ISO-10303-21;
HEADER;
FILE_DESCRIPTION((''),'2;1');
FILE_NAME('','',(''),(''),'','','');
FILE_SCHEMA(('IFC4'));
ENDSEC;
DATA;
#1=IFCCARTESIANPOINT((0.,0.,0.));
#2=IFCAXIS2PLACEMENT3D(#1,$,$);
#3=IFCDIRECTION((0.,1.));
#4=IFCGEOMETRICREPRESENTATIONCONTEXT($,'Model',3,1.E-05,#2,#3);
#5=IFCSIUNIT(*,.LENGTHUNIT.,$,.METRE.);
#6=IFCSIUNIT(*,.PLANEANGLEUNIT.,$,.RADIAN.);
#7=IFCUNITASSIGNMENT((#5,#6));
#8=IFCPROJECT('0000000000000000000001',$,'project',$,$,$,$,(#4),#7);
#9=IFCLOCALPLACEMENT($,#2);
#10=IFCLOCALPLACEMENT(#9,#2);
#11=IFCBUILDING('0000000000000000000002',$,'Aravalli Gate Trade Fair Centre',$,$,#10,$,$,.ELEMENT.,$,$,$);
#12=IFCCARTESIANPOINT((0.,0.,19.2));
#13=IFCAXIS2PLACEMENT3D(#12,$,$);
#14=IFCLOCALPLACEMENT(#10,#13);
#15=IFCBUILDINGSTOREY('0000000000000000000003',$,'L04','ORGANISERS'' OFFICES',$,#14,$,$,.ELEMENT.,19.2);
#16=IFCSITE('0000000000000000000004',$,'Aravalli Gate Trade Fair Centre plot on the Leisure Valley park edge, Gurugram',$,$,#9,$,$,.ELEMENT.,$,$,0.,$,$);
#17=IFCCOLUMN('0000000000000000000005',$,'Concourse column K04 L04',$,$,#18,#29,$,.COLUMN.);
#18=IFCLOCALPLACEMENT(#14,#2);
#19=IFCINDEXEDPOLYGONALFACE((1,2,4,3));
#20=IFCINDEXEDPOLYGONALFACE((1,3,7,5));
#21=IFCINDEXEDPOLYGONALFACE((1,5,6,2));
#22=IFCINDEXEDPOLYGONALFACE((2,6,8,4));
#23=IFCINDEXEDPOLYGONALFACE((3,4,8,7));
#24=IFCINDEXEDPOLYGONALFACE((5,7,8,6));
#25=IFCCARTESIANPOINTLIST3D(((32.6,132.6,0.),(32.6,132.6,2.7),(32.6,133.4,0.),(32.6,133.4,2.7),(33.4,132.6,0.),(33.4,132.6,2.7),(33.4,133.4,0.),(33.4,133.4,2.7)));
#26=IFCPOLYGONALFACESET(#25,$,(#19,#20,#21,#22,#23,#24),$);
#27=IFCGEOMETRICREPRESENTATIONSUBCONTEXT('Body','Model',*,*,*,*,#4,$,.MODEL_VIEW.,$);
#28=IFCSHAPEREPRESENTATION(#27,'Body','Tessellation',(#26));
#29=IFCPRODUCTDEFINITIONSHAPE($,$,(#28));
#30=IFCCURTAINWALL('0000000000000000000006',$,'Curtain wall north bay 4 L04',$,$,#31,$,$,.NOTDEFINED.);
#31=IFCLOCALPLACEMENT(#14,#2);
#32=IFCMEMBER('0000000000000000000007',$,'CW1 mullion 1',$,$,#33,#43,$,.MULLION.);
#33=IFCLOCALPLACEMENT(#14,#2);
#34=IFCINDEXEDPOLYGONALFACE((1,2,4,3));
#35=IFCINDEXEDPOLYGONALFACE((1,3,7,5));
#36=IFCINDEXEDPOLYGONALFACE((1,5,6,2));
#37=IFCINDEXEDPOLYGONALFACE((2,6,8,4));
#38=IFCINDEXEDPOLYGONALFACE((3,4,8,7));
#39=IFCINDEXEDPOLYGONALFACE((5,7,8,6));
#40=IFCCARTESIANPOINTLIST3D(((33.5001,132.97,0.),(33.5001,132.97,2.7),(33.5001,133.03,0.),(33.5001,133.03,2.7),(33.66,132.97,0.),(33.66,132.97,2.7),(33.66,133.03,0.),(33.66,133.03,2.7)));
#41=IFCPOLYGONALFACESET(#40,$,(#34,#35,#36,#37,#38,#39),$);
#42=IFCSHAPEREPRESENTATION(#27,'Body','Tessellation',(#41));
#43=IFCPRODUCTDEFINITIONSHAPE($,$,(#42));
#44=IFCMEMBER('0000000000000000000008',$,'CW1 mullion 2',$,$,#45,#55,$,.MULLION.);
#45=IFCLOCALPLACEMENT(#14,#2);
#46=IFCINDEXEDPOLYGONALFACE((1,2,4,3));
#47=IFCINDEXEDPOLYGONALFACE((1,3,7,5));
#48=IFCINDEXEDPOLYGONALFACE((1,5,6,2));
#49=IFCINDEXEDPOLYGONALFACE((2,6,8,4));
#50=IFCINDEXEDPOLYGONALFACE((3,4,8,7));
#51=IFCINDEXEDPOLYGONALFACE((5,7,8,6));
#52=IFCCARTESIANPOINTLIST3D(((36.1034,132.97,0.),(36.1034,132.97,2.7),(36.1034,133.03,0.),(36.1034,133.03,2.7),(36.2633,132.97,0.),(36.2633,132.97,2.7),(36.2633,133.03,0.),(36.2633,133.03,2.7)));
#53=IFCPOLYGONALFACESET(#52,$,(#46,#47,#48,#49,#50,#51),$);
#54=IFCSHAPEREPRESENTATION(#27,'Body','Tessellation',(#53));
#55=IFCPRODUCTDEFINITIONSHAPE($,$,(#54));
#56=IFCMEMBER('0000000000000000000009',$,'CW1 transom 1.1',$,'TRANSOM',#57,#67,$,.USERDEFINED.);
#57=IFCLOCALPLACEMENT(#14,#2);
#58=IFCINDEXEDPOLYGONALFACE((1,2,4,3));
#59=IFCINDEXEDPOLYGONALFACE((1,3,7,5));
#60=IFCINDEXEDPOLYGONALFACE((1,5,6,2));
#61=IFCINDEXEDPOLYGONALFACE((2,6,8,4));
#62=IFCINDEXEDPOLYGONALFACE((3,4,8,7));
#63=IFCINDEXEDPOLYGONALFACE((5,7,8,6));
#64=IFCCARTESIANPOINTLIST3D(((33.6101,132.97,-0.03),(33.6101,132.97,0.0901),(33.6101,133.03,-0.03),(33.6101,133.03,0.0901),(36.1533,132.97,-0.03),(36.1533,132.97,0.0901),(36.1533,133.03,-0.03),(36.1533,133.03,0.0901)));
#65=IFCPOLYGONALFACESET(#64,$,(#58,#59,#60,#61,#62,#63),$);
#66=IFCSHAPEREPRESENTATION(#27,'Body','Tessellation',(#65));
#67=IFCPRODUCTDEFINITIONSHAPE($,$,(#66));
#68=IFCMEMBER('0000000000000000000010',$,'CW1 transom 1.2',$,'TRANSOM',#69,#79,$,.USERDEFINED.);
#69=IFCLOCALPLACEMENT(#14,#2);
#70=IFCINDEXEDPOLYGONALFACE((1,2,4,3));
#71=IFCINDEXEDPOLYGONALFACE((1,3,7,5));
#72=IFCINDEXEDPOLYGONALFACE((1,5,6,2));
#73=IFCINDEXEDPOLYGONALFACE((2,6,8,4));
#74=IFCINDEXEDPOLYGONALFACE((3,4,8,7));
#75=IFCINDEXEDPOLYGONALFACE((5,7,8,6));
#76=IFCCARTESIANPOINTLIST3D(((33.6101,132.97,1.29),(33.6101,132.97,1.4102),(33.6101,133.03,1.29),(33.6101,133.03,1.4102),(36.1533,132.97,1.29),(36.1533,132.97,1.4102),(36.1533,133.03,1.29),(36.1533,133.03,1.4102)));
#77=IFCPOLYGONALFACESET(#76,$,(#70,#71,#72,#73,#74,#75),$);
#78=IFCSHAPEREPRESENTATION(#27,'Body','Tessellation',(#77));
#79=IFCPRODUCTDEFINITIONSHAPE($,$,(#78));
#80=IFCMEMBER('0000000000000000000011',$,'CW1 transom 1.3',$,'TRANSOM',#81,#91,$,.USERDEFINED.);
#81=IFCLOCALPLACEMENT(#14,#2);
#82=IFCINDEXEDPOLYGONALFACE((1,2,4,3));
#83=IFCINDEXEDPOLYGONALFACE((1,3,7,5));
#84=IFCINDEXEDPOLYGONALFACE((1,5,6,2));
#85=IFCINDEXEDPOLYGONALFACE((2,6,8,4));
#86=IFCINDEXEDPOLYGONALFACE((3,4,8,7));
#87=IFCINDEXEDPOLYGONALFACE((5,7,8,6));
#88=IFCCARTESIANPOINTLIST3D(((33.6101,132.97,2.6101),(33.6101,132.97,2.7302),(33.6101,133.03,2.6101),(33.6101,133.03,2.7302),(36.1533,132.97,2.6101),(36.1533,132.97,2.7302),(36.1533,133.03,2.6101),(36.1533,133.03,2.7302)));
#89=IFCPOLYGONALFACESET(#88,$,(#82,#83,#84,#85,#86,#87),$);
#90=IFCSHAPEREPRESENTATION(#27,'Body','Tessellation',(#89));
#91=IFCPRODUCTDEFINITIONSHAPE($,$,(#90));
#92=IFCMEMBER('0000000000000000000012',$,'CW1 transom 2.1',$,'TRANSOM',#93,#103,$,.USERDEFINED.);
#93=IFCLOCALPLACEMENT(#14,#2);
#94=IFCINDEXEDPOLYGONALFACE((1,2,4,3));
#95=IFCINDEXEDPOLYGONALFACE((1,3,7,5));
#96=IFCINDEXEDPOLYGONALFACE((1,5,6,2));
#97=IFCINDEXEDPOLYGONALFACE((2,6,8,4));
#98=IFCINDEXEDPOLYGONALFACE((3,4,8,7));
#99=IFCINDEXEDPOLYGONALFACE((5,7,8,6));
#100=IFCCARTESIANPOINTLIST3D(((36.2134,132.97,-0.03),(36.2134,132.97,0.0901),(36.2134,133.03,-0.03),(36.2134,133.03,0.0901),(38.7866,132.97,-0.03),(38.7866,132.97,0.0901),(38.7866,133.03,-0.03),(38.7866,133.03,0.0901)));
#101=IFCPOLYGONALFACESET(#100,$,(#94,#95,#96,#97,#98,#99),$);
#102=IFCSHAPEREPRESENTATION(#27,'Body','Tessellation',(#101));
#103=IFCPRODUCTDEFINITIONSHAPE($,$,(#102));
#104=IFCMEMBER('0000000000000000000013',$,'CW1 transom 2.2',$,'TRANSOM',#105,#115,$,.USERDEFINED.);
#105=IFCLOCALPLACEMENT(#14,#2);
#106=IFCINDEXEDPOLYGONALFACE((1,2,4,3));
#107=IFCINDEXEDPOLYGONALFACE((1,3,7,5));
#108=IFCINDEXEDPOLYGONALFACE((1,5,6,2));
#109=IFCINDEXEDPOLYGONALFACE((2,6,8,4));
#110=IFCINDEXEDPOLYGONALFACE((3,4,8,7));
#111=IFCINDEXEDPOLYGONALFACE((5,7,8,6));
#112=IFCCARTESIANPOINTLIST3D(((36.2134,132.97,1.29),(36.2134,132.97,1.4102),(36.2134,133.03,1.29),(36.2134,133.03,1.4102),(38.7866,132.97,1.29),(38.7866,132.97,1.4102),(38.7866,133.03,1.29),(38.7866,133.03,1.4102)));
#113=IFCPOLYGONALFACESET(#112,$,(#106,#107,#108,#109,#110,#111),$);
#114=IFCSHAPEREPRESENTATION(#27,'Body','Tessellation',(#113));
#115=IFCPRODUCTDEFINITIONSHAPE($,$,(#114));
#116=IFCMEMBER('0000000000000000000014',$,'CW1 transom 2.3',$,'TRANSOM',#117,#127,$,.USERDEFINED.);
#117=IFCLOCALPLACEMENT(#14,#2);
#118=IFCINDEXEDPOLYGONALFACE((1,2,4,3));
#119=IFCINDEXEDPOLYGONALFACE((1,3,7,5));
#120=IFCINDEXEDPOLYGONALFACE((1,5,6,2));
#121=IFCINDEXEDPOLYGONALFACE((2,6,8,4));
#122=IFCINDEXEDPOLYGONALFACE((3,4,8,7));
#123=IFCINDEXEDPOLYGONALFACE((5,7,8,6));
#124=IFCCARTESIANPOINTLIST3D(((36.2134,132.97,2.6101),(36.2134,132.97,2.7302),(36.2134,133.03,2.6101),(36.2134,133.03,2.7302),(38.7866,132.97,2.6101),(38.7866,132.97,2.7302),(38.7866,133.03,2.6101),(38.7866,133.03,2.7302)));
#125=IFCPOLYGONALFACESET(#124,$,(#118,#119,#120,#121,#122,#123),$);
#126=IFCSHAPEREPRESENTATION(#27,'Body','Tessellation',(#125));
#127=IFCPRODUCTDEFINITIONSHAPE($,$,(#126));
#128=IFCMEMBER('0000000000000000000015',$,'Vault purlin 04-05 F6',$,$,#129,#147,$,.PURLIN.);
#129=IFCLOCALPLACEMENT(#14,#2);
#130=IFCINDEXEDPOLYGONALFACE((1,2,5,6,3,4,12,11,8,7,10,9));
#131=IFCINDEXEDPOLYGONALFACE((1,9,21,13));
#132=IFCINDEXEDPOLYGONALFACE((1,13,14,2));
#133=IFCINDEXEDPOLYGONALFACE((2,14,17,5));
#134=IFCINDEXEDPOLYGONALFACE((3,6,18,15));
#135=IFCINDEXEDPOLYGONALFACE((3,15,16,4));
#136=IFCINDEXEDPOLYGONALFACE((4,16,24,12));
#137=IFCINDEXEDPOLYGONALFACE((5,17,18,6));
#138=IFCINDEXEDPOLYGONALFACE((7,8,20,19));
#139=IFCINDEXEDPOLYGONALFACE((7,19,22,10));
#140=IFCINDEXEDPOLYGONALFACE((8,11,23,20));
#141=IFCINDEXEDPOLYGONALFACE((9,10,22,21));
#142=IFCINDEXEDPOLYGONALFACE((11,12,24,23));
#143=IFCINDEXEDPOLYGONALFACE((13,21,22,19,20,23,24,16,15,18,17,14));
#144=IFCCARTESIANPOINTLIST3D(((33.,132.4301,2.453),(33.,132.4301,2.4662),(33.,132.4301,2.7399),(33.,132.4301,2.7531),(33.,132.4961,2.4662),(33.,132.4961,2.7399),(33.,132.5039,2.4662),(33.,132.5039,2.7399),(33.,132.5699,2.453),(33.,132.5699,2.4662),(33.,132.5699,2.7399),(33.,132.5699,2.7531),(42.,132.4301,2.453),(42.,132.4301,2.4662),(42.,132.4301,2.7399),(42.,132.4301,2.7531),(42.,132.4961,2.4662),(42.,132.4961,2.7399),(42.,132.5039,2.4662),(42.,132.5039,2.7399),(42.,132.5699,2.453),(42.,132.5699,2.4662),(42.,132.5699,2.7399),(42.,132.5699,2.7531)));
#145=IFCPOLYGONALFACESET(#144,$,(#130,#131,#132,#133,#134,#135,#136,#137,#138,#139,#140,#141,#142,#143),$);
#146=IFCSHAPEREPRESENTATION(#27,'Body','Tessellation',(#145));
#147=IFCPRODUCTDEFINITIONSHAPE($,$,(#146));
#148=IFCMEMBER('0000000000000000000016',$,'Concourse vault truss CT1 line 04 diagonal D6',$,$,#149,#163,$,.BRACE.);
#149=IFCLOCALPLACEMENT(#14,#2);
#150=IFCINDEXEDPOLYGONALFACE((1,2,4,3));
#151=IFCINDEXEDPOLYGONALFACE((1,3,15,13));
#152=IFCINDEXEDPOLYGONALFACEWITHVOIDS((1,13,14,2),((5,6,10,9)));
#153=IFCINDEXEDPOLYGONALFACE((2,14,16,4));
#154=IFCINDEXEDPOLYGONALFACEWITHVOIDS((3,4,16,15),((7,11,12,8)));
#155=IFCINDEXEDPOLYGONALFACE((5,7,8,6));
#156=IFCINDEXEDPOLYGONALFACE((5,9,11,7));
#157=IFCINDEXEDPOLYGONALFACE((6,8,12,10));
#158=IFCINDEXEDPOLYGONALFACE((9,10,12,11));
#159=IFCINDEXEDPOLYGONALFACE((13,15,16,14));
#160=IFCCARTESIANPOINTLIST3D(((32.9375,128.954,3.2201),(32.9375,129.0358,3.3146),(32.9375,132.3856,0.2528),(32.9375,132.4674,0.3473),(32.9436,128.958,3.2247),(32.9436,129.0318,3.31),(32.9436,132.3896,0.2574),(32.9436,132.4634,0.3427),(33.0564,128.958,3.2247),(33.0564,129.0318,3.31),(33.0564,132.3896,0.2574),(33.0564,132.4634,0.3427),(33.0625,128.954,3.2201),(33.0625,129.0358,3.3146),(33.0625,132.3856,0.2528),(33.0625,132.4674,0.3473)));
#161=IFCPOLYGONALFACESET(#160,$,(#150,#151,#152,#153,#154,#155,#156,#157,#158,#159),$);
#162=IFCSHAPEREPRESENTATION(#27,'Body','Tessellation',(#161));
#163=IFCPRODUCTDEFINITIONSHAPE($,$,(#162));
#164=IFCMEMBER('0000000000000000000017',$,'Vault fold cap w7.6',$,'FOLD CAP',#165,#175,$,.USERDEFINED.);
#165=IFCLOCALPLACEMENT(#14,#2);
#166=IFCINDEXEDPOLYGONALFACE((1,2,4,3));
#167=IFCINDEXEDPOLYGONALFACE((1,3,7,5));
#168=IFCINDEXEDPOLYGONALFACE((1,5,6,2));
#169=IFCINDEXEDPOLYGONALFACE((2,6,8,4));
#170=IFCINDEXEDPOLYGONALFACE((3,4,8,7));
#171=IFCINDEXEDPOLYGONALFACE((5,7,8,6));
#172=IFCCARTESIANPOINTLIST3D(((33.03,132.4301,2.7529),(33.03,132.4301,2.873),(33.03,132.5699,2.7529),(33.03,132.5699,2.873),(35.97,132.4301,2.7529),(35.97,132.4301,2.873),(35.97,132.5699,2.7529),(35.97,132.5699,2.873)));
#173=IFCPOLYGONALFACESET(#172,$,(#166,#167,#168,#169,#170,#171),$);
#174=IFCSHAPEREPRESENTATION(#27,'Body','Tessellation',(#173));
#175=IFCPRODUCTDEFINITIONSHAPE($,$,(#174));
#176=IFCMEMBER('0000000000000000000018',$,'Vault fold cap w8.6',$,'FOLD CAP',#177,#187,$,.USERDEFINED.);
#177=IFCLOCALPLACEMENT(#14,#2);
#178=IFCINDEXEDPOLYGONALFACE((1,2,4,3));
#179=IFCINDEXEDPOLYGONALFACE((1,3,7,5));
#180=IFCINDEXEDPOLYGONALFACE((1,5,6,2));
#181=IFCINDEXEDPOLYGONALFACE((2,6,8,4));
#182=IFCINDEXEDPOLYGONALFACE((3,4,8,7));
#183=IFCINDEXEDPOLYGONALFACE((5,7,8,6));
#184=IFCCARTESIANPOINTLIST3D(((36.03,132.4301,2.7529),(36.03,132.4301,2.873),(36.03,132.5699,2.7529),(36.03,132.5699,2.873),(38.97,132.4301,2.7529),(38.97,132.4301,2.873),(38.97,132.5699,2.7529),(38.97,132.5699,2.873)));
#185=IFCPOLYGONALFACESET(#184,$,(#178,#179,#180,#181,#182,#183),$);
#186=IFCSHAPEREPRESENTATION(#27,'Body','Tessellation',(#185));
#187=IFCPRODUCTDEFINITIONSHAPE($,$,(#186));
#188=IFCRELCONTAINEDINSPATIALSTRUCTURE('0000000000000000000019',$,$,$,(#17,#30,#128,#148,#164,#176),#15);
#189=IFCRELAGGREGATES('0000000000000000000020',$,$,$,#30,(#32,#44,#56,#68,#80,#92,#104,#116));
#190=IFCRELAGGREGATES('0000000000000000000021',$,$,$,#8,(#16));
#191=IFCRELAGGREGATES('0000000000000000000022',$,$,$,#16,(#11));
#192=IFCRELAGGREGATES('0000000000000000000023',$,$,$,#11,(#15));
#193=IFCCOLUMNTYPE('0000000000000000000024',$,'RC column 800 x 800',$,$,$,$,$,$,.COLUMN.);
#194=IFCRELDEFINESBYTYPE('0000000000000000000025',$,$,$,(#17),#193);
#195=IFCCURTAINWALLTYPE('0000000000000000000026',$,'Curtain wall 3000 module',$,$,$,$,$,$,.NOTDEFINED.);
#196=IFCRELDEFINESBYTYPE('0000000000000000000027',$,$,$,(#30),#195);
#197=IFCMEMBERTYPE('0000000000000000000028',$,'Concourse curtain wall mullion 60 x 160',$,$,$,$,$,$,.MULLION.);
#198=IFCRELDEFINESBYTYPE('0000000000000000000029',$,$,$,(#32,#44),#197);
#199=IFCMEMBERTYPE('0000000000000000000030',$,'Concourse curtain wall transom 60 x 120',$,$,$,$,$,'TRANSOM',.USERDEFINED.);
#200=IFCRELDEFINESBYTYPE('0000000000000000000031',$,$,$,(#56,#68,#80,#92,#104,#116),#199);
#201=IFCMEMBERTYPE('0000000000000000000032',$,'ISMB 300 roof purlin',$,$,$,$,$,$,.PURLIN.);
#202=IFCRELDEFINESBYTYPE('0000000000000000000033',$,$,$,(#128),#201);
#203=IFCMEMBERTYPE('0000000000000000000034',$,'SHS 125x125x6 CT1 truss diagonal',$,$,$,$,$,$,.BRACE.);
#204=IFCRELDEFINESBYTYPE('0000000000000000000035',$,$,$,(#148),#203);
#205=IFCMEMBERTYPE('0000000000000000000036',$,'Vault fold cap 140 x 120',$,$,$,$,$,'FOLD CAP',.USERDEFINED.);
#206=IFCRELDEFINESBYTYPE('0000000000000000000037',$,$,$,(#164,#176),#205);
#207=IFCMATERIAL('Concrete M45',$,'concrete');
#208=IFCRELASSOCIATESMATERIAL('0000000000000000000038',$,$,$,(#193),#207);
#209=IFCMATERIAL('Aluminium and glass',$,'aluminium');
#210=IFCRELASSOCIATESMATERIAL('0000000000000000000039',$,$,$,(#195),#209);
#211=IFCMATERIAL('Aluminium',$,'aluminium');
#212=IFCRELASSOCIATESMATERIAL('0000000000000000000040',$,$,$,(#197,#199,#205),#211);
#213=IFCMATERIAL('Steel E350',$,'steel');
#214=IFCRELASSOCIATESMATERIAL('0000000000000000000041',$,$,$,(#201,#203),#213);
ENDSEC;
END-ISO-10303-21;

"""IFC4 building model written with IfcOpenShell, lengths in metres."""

from ifc_helpers import new_model, si_unit, direction, frame, origin, origin_2d, place, context, subcontext, project, spatial, rectangle, hollow_rectangle, i_section, extrude, material, material_profile, profile_set, type_object, element, aggregate, save


model = new_model("IFC4")

# Units and contexts
model_context = context("Model", 3, precision=1e-05, world=origin(), true_north=direction((0.0, 1.0)))
body_context = subcontext(model_context, "Body", "Model", "MODEL_VIEW")
ifc_project = project(units=[si_unit("LENGTHUNIT", "METRE"), si_unit("PLANEANGLEUNIT", "RADIAN")], contexts=[model_context])

# Site, building, storey
site_placement = place(None, origin())
site = spatial("IfcSite", under=ifc_project, at=site_placement, Name="Aravalli Gate Trade Fair Centre plot on the Leisure Valley park edge, Gurugram", CompositionType="ELEMENT", RefElevation=0.0)
building_placement = place(site_placement, origin())
building = spatial("IfcBuilding", under=site, at=building_placement, Name="Aravalli Gate Trade Fair Centre", CompositionType="ELEMENT")
storey_placement = place(building_placement, frame((0.0, 0.0, 19.2)))
storey = spatial("IfcBuildingStorey", under=building, at=storey_placement, Name="L04", Description="ORGANISERS' OFFICES", CompositionType="ELEMENT", Elevation=19.2)

# Column
ifc_material_1 = material(Name="Concrete M45", Category="concrete")
ifc_material_profile_1 = material_profile(ifc_material_1, rectangle(XDim=0.8, YDim=0.8, at=origin_2d()), Name="RC column 800 x 800")
ifc_profile_set_1 = profile_set([ifc_material_profile_1], Name="Concrete M45")
column_type = type_object("IfcColumnType", Name="RC column 800 x 800", PredefinedType="COLUMN", material=ifc_profile_set_1)
column_placement = place(storey_placement, frame((33.0, 133.0, 0.0), z_axis=(0.0, 0.0, 1.0), x_axis=(1.0, 0.0, 0.0)))
element("IfcColumn", 1, at=column_placement, inside=storey, type_object=column_type, Name="Concourse column K04 L04", PredefinedType="COLUMN", context=body_context, shape_type="SweptSolid", body=[
    extrude(rectangle(XDim=0.8, YDim=0.8, at=origin_2d()), origin(), (0.0, 0.0, 1.0), 2.7),
])

# Curtain wall, members
ifc_material_2 = material(Name="Aluminium and glass", Category="aluminium")
curtain_wall_type_1 = type_object("IfcCurtainWallType", Name="Curtain wall 3000 module", PredefinedType="NOTDEFINED", material=ifc_material_2)
curtain_wall_1_placement = place(storey_placement, origin())
curtain_wall_1 = element("IfcCurtainWall", 2, at=curtain_wall_1_placement, inside=storey, type_object=curtain_wall_type_1, Name="Curtain wall north bay 4 L04", PredefinedType="NOTDEFINED")
ifc_material_3 = material(Name="Aluminium", Category="aluminium")
ifc_material_profile_2 = material_profile(ifc_material_3, rectangle(XDim=0.0601, YDim=0.1599, at=origin_2d()), Name="Concourse curtain wall mullion 60 x 160")
ifc_profile_set_2 = profile_set([ifc_material_profile_2], Name="Aluminium")
member_type_1 = type_object("IfcMemberType", Name="Concourse curtain wall mullion 60 x 160", PredefinedType="MULLION", material=ifc_profile_set_2)
member_1_placement = place(storey_placement, frame((33.5801, 133.0, 0.0), z_axis=(0.0, 0.0, 1.0), x_axis=(0.0, 1.0, 0.0)))
member_1 = element("IfcMember", 3, at=member_1_placement, type_object=member_type_1, Name="CW1 mullion 1", PredefinedType="MULLION", context=body_context, shape_type="SweptSolid", body=[
    extrude(rectangle(XDim=0.0601, YDim=0.1599, at=origin_2d()), origin(), (0.0, 0.0, 1.0), 2.7),
])
member_2_placement = place(storey_placement, frame((36.1833, 133.0, 0.0), z_axis=(0.0, 0.0, 1.0), x_axis=(0.0, 1.0, 0.0)))
member_2 = element("IfcMember", 4, at=member_2_placement, type_object=member_type_1, Name="CW1 mullion 2", PredefinedType="MULLION", context=body_context, shape_type="SweptSolid", body=[
    extrude(rectangle(XDim=0.0601, YDim=0.1599, at=origin_2d()), origin(), (0.0, 0.0, 1.0), 2.7),
])
ifc_material_profile_3 = material_profile(ifc_material_3, rectangle(XDim=0.0601, YDim=0.1201, at=origin_2d()), Name="Concourse curtain wall transom 60 x 120")
ifc_profile_set_3 = profile_set([ifc_material_profile_3], Name="Aluminium")
member_type_2 = type_object("IfcMemberType", Name="Concourse curtain wall transom 60 x 120", ElementType="TRANSOM", PredefinedType="USERDEFINED", material=ifc_profile_set_3)
member_3_placement = place(storey_placement, frame((33.6101, 133.0, 0.03), z_axis=(1.0, 0.0, 0.0), x_axis=(0.0, 1.0, 0.0)))
member_3 = element("IfcMember", 5, at=member_3_placement, type_object=member_type_2, Name="CW1 transom 1.1", ObjectType="TRANSOM", PredefinedType="USERDEFINED", context=body_context, shape_type="SweptSolid", body=[
    extrude(rectangle(XDim=0.0601, YDim=0.1201, at=origin_2d()), origin(), (0.0, 0.0, 1.0), 2.5432),
])
member_4_placement = place(storey_placement, frame((33.6101, 133.0, 1.3501), z_axis=(1.0, 0.0, 0.0), x_axis=(0.0, 1.0, 0.0)))
member_4 = element("IfcMember", 6, at=member_4_placement, type_object=member_type_2, Name="CW1 transom 1.2", ObjectType="TRANSOM", PredefinedType="USERDEFINED", context=body_context, shape_type="SweptSolid", body=[
    extrude(rectangle(XDim=0.0601, YDim=0.1201, at=origin_2d()), origin(), (0.0, 0.0, 1.0), 2.5432),
])
member_5_placement = place(storey_placement, frame((33.6101, 133.0, 2.6702), z_axis=(1.0, 0.0, 0.0), x_axis=(0.0, 1.0, 0.0)))
member_5 = element("IfcMember", 7, at=member_5_placement, type_object=member_type_2, Name="CW1 transom 1.3", ObjectType="TRANSOM", PredefinedType="USERDEFINED", context=body_context, shape_type="SweptSolid", body=[
    extrude(rectangle(XDim=0.0601, YDim=0.1201, at=origin_2d()), origin(), (0.0, 0.0, 1.0), 2.5432),
])
member_6_placement = place(storey_placement, frame((36.2134, 133.0, 0.03), z_axis=(1.0, 0.0, 0.0), x_axis=(0.0, 1.0, 0.0)))
member_6 = element("IfcMember", 8, at=member_6_placement, type_object=member_type_2, Name="CW1 transom 2.1", ObjectType="TRANSOM", PredefinedType="USERDEFINED", context=body_context, shape_type="SweptSolid", body=[
    extrude(rectangle(XDim=0.0601, YDim=0.1201, at=origin_2d()), origin(), (0.0, 0.0, 1.0), 2.5732),
])
member_7_placement = place(storey_placement, frame((36.2134, 133.0, 1.3501), z_axis=(1.0, 0.0, 0.0), x_axis=(0.0, 1.0, 0.0)))
member_7 = element("IfcMember", 9, at=member_7_placement, type_object=member_type_2, Name="CW1 transom 2.2", ObjectType="TRANSOM", PredefinedType="USERDEFINED", context=body_context, shape_type="SweptSolid", body=[
    extrude(rectangle(XDim=0.0601, YDim=0.1201, at=origin_2d()), origin(), (0.0, 0.0, 1.0), 2.5732),
])
member_8_placement = place(storey_placement, frame((36.2134, 133.0, 2.6702), z_axis=(1.0, 0.0, 0.0), x_axis=(0.0, 1.0, 0.0)))
member_8 = element("IfcMember", 10, at=member_8_placement, type_object=member_type_2, Name="CW1 transom 2.3", ObjectType="TRANSOM", PredefinedType="USERDEFINED", context=body_context, shape_type="SweptSolid", body=[
    extrude(rectangle(XDim=0.0601, YDim=0.1201, at=origin_2d()), origin(), (0.0, 0.0, 1.0), 2.5732),
])

# Members
ifc_material_4 = material(Name="Steel E350", Category="steel")
ifc_material_profile_4 = material_profile(ifc_material_4, i_section(OverallWidth=0.1399, OverallDepth=0.3, WebThickness=0.0078, FlangeThickness=0.0132, at=origin_2d()), Name="ISMB 300")
ifc_profile_set_4 = profile_set([ifc_material_profile_4], Name="Steel E350")
member_type_3 = type_object("IfcMemberType", Name="ISMB 300 roof purlin", PredefinedType="PURLIN", material=ifc_profile_set_4)
member_9_placement = place(storey_placement, frame((33.0, 132.5, 2.603), z_axis=(1.0, 0.0, 0.0), x_axis=(0.0, 1.0, 0.0)))
element("IfcMember", 11, at=member_9_placement, inside=storey, type_object=member_type_3, Name="Vault purlin 04-05 F6", PredefinedType="PURLIN", context=body_context, shape_type="SweptSolid", body=[
    extrude(i_section(OverallWidth=0.1399, OverallDepth=0.3, WebThickness=0.0078, FlangeThickness=0.0132, at=origin_2d()), origin(), (0.0, 0.0, 1.0), 9.0),
])
ifc_material_profile_5 = material_profile(ifc_material_4, hollow_rectangle(XDim=0.125, YDim=0.125, WallThickness=0.0061, at=origin_2d()), Name="SHS 125x125x6")
ifc_profile_set_5 = profile_set([ifc_material_profile_5], Name="Steel E350")
member_type_4 = type_object("IfcMemberType", Name="SHS 125x125x6 CT1 truss diagonal", PredefinedType="BRACE", material=ifc_profile_set_5)
member_10_placement = place(storey_placement, frame((33.0, 128.9949, 3.2673), z_axis=(0.0, 0.756431, -0.654074), x_axis=(-1.0, 0.0, 0.0)))
element("IfcMember", 12, at=member_10_placement, inside=storey, type_object=member_type_4, Name="Concourse vault truss CT1 line 04 diagonal D6", PredefinedType="BRACE", context=body_context, shape_type="SweptSolid", body=[
    extrude(hollow_rectangle(XDim=0.125, YDim=0.125, WallThickness=0.0061, at=origin_2d()), origin(), (0.0, 0.0, 1.0), 4.5366),
])
ifc_material_profile_6 = material_profile(ifc_material_3, rectangle(XDim=0.1399, YDim=0.1201, at=origin_2d()), Name="Vault fold cap 140 x 120")
ifc_profile_set_6 = profile_set([ifc_material_profile_6], Name="Aluminium")
member_type_5 = type_object("IfcMemberType", Name="Vault fold cap 140 x 120", ElementType="FOLD CAP", PredefinedType="USERDEFINED", material=ifc_profile_set_6)
for number, where, z_axis, x_axis, name in (
    (13, (33.03, 132.5, 2.813), (1.0, 0.0, 0.0), (0.0, 1.0, 0.0), "Vault fold cap w7.6"),
    (14, (36.03, 132.5, 2.813), (1.0, 0.0, 0.0), (0.0, 1.0, 0.0), "Vault fold cap w8.6"),
):
    element("IfcMember", number, at=place(storey_placement, frame(where, z_axis=z_axis, x_axis=x_axis)), inside=storey, type_object=member_type_5, Name=name, ObjectType="FOLD CAP", PredefinedType="USERDEFINED", context=body_context, shape_type="SweptSolid", body=[
        extrude(rectangle(XDim=0.1399, YDim=0.1201, at=origin_2d()), origin(), (0.0, 0.0, 1.0), 2.9399),
    ])

aggregate(curtain_wall_1, [member_1, member_2, member_3, member_4, member_5, member_6, member_7, member_8])

save(model, "model.ifc")
